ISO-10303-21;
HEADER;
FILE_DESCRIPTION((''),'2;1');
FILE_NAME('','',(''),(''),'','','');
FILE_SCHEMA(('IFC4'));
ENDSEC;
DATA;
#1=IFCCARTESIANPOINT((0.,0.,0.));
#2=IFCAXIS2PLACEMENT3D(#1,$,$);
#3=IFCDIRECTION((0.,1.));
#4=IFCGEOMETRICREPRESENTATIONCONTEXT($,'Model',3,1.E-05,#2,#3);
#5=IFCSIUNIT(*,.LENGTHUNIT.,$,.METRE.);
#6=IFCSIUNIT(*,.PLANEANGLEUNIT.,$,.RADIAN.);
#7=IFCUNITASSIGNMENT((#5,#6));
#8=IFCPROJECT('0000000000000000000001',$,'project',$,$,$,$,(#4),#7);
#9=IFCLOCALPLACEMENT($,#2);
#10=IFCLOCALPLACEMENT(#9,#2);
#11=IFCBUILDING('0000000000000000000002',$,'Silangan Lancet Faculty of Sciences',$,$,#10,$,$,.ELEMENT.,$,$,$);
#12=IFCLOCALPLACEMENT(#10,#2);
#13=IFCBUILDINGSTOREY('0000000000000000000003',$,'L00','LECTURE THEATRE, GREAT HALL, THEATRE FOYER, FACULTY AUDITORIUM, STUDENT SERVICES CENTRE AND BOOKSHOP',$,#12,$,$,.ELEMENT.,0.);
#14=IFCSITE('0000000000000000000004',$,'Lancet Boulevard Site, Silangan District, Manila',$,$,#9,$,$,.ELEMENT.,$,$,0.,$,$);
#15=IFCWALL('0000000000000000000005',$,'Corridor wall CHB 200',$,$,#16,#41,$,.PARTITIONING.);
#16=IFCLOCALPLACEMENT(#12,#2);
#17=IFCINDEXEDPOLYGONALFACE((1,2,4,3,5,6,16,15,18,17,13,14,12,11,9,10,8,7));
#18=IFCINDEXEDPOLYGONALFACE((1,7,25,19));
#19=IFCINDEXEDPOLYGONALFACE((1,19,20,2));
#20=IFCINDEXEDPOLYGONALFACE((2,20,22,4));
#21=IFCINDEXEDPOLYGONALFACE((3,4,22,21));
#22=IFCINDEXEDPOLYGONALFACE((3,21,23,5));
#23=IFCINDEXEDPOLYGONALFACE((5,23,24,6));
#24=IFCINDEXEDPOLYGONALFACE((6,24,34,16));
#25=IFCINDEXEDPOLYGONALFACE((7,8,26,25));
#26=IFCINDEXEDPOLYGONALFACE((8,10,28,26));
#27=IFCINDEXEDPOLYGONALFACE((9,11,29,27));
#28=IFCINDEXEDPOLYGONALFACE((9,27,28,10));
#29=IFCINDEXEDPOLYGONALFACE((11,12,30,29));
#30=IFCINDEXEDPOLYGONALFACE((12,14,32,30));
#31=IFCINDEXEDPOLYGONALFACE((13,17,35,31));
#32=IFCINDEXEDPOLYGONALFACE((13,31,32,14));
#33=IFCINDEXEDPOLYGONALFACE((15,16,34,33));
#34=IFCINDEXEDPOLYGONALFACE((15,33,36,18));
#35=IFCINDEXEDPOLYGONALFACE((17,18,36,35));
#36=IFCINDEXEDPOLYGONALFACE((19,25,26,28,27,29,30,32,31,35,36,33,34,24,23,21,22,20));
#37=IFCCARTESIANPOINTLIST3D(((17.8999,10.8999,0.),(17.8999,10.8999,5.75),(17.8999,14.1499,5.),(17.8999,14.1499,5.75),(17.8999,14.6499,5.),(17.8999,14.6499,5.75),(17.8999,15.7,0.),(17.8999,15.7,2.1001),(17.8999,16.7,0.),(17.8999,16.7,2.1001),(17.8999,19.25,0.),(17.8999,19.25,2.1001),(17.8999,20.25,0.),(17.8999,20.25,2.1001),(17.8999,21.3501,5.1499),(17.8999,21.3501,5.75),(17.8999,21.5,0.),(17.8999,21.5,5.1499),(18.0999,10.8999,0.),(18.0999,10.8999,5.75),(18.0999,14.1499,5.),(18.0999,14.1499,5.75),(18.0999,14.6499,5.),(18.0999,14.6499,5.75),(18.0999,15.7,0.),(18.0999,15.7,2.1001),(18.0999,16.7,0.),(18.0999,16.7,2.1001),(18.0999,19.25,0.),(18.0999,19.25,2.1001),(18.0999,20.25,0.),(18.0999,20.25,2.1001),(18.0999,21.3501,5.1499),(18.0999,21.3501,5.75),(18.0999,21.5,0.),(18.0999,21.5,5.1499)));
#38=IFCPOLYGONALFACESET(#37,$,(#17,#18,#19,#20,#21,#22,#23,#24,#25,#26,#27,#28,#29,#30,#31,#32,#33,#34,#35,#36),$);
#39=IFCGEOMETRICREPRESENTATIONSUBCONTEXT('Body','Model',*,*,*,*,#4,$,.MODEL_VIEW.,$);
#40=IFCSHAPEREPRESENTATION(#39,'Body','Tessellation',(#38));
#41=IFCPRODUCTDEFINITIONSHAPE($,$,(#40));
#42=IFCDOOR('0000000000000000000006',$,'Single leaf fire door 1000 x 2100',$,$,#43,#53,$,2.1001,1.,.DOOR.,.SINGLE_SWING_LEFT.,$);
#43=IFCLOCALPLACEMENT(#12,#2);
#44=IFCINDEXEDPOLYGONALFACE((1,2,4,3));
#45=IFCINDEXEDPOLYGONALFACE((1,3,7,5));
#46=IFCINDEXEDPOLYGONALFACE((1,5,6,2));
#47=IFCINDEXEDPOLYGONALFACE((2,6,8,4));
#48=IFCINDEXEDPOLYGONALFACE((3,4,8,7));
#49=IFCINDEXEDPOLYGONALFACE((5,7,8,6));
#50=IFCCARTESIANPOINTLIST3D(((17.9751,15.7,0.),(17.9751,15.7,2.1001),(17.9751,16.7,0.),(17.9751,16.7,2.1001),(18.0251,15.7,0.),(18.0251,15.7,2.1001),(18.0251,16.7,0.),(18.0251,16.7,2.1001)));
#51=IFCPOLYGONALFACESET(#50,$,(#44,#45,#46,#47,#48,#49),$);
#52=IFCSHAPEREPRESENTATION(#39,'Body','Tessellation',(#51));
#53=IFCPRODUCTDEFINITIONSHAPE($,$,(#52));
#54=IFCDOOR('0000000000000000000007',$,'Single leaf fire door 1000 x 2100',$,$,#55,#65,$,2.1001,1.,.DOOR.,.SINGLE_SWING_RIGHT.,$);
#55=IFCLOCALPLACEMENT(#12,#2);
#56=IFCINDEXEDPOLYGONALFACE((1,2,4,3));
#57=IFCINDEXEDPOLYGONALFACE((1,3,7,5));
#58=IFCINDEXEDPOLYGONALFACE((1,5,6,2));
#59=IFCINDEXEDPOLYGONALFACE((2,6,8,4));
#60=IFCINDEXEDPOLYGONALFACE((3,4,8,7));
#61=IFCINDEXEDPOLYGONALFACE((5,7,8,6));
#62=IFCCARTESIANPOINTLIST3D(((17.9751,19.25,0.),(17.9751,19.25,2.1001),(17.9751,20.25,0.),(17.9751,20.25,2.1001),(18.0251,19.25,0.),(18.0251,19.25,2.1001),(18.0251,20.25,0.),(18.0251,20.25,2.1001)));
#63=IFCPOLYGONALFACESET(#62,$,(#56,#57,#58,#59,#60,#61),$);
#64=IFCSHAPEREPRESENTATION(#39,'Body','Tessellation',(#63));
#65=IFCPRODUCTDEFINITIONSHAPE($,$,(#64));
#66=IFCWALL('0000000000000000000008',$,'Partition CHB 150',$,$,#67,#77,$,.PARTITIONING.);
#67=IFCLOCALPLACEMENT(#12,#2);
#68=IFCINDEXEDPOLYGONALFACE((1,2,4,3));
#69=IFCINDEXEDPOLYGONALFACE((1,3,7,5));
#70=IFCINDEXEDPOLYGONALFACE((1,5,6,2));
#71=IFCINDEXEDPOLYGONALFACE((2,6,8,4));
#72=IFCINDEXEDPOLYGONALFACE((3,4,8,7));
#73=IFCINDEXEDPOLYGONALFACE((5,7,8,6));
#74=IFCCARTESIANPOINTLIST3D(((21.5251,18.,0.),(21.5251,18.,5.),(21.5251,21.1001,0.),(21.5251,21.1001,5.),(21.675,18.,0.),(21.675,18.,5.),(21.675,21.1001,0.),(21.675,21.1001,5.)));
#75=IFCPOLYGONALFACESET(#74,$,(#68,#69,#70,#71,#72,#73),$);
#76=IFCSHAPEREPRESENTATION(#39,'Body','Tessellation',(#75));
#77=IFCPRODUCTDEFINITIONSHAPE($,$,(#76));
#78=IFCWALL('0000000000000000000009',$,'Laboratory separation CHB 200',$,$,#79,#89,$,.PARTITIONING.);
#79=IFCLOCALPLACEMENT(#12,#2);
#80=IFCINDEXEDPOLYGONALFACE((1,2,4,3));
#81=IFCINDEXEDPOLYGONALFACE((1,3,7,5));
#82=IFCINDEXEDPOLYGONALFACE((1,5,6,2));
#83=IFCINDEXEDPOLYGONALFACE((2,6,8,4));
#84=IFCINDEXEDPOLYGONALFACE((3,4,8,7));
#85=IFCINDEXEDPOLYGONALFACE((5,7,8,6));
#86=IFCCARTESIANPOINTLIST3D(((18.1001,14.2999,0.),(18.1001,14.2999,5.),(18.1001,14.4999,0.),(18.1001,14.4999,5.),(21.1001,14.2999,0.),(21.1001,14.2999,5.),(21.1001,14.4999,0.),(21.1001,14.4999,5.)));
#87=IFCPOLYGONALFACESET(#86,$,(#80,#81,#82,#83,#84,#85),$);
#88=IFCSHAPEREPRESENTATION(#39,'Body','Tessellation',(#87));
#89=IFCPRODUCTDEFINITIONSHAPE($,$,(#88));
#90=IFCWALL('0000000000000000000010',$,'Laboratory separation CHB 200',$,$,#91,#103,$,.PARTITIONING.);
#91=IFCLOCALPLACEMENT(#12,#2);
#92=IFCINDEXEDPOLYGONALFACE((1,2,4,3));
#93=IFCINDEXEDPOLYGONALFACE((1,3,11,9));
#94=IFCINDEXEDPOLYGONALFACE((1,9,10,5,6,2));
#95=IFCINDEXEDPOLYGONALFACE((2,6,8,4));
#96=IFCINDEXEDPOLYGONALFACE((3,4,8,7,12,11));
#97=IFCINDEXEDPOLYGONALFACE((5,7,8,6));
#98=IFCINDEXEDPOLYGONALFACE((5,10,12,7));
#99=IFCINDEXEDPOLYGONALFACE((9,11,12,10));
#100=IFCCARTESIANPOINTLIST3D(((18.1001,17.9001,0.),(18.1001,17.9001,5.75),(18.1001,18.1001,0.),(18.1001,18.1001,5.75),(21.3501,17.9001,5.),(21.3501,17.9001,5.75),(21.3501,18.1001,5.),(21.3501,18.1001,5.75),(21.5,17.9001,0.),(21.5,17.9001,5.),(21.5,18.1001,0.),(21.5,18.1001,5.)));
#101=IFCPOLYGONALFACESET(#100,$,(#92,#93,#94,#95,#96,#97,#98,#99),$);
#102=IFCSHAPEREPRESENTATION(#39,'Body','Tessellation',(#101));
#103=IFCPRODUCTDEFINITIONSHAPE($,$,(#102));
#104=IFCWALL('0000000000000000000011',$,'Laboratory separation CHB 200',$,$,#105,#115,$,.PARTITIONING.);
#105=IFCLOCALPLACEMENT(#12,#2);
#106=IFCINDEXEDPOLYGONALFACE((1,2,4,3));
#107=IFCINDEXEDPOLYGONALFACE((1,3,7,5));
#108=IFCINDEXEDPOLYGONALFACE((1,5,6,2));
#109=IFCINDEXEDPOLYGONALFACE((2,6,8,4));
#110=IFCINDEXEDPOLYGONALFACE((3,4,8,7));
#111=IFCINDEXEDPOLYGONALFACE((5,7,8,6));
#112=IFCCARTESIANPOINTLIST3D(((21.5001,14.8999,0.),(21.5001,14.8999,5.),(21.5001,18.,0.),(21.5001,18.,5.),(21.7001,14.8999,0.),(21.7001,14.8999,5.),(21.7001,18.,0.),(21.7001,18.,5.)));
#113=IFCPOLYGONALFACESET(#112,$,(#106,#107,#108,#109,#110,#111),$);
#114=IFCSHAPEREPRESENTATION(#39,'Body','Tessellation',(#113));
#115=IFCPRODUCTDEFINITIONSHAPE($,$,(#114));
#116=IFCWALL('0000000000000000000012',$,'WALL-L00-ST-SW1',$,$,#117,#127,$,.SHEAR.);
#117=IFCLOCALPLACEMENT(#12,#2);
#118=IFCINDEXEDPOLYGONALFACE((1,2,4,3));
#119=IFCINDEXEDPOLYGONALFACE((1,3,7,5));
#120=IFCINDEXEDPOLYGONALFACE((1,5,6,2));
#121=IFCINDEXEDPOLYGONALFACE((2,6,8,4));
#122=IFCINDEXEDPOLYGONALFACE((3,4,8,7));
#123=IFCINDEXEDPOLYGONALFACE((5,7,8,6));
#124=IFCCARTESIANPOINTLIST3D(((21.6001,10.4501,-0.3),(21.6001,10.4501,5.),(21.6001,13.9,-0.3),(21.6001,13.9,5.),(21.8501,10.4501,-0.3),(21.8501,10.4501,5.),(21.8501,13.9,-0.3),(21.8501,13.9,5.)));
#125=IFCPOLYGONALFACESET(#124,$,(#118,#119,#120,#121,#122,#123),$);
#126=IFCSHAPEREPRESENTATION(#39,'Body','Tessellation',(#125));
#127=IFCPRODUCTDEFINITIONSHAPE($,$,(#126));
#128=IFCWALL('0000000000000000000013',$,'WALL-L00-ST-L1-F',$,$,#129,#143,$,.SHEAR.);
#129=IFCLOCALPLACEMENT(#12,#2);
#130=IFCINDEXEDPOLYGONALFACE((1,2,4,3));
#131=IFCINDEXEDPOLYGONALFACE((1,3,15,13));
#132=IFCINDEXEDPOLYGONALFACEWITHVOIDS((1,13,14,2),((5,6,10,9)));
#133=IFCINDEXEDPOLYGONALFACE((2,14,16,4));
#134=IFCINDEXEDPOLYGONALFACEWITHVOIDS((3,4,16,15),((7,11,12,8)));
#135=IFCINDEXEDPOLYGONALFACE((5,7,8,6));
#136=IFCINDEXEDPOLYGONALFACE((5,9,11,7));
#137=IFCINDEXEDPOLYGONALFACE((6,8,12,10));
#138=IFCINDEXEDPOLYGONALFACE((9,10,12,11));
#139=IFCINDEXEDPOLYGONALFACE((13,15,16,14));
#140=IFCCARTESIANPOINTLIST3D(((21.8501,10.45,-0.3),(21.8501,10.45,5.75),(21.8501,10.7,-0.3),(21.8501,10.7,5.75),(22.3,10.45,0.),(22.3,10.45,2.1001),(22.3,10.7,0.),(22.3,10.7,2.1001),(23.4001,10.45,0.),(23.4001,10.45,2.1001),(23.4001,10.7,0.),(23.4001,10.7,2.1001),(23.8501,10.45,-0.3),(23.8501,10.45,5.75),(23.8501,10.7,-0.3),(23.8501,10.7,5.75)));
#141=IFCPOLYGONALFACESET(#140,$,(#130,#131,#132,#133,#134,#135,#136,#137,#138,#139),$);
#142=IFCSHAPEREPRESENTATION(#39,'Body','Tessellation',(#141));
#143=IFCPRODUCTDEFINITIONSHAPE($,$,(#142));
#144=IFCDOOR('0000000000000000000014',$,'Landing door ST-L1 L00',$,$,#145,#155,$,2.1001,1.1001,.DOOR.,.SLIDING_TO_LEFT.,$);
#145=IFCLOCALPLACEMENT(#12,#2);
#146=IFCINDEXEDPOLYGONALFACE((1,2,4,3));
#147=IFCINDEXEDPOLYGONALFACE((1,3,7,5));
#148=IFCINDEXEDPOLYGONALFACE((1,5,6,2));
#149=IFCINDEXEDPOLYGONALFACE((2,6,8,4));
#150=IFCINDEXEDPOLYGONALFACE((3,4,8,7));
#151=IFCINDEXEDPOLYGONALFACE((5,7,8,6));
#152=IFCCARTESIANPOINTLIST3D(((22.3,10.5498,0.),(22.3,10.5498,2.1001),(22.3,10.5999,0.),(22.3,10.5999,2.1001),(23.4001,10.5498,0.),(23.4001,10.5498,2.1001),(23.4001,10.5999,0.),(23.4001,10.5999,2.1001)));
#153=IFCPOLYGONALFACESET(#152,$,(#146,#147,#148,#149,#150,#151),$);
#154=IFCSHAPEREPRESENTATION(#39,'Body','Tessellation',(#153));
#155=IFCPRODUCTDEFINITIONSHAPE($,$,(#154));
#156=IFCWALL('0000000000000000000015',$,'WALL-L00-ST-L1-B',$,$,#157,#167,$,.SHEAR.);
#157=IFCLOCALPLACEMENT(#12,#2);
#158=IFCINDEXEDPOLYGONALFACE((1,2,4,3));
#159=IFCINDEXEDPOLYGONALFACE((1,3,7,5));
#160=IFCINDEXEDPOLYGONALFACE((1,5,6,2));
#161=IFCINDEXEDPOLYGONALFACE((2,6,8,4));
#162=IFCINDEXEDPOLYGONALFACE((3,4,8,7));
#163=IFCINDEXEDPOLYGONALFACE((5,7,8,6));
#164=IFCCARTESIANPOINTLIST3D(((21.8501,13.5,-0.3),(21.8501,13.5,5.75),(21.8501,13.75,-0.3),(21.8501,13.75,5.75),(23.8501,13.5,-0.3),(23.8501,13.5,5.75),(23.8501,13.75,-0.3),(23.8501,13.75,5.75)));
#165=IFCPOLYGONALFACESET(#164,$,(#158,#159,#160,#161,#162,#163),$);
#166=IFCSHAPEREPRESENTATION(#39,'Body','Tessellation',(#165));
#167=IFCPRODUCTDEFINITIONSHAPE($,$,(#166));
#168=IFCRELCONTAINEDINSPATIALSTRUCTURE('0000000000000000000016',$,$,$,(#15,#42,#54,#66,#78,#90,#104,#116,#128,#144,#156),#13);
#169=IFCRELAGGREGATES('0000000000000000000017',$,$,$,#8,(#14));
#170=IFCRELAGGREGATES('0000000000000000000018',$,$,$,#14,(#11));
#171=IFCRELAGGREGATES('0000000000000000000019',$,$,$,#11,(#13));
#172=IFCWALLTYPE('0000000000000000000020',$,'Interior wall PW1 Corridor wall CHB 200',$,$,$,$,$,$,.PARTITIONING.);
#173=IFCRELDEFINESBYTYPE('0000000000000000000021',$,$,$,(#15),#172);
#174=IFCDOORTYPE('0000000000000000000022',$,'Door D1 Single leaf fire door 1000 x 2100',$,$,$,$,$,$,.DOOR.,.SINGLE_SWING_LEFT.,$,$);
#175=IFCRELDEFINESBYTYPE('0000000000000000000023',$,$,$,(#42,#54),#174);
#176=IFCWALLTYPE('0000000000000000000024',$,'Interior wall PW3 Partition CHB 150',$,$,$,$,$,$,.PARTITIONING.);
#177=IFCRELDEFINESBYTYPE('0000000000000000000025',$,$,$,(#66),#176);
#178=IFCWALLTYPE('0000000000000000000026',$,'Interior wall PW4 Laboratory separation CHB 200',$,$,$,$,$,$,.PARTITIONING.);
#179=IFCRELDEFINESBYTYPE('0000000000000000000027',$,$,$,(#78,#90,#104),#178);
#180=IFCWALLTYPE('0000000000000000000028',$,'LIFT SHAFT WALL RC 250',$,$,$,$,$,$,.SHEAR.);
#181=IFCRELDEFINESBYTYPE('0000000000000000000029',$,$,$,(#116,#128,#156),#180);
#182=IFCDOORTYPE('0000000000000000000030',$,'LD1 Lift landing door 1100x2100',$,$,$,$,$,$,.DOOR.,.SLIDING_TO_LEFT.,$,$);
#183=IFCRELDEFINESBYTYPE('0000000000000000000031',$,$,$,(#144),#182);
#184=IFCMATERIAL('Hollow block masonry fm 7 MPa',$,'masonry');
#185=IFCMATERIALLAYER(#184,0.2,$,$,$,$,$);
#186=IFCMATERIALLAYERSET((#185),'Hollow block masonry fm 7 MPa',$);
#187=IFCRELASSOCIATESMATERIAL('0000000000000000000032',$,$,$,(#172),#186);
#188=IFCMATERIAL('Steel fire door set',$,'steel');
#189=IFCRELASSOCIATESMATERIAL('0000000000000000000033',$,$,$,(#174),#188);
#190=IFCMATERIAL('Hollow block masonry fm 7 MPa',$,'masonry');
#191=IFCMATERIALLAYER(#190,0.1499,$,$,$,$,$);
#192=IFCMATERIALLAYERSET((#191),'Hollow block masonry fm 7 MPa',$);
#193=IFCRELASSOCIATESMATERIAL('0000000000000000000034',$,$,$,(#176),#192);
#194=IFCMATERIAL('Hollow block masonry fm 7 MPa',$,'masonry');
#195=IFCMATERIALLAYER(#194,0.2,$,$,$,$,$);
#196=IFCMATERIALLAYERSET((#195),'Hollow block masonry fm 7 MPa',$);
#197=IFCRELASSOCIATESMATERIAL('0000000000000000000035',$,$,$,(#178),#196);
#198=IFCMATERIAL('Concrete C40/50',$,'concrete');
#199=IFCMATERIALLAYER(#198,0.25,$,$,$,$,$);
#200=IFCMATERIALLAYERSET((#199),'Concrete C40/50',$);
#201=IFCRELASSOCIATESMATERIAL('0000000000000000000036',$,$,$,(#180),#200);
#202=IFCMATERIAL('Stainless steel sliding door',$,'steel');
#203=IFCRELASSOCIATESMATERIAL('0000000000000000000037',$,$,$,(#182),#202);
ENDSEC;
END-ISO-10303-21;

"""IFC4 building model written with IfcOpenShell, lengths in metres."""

from ifc_helpers import new_model, si_unit, direction, frame, frame_2d, origin, place, context, subcontext, project, spatial, polyline, rectangle, outline, extrude, material, layer, layer_set, type_object, element, fill, save


model = new_model("IFC4")

# Units and contexts
model_context = context("Model", 3, precision=1e-05, world=origin(), true_north=direction((0.0, 1.0)))
body_context = subcontext(model_context, "Body", "Model", "MODEL_VIEW")
ifc_project = project(units=[si_unit("LENGTHUNIT", "METRE"), si_unit("PLANEANGLEUNIT", "RADIAN")], contexts=[model_context])

# Site, building, storey
site_placement = place(None, origin())
site = spatial("IfcSite", under=ifc_project, at=site_placement, Name="Lancet Boulevard Site, Silangan District, Manila", CompositionType="ELEMENT", RefElevation=0.0)
building_placement = place(site_placement, origin())
building = spatial("IfcBuilding", under=site, at=building_placement, Name="Silangan Lancet Faculty of Sciences", CompositionType="ELEMENT")
storey_placement = place(building_placement, origin())
storey = spatial("IfcBuildingStorey", under=building, at=storey_placement, Name="L00", Description="LECTURE THEATRE, GREAT HALL, THEATRE FOYER, FACULTY AUDITORIUM, STUDENT SERVICES CENTRE AND BOOKSHOP", CompositionType="ELEMENT", Elevation=0.0)

# Shared definitions
ifc_material_1 = material(Name="Hollow block masonry fm 7 MPa", Category="masonry")
ifc_layer_1 = layer(ifc_material_1, 0.2)
ifc_layer_set_1 = layer_set([ifc_layer_1], Name="Hollow block masonry fm 7 MPa")
wall_type_1 = type_object("IfcWallType", Name="Interior wall PW1 Corridor wall CHB 200", PredefinedType="PARTITIONING", material=ifc_layer_set_1)
ifc_material_2 = material(Name="Steel fire door set", Category="steel")
door_type_1 = type_object("IfcDoorType", Name="Door D1 Single leaf fire door 1000 x 2100", OperationType="SINGLE_SWING_LEFT", PredefinedType="DOOR", material=ifc_material_2)

# Wall, openings, doors
wall_1_placement = place(storey_placement, frame((18.0, 10.8999, 0.0), z_axis=(0.0, 0.0, 1.0), x_axis=(0.0, 1.0, 0.0)))
wall_1 = element("IfcWall", 1, at=wall_1_placement, inside=storey, type_object=wall_type_1, Name="Corridor wall CHB 200", PredefinedType="PARTITIONING", context=body_context, shape_type="SweptSolid", body=[
    extrude(outline(polyline([(0.0, 0.0), (10.6001, 0.0), (10.6001, 5.1499), (10.4502, 5.1499), (10.4502, 5.75), (3.75, 5.75), (3.75, 5.0), (3.25, 5.0), (3.25, 5.75), (0.0, 5.75), (0.0, 0.0)])), frame((0.0, 0.1001, 0.0), z_axis=(0.0, -1.0, 0.0), x_axis=(1.0, 0.0, 0.0)), (0.0, 0.0, 1.0), 0.2),
])
opening_1_placement = place(wall_1_placement, frame((4.8, 0.0, 0.0)))
opening_1 = element("IfcOpeningElement", 2, at=opening_1_placement, cuts=wall_1, PredefinedType="OPENING", context=body_context, shape_type="SweptSolid", body=[
    extrude(rectangle(XDim=1.0, YDim=2.1001, at=frame_2d((0.5, 1.05))), frame((0.0, 0.1099, 0.0), z_axis=(0.0, -1.0, 0.0), x_axis=(1.0, 0.0, 0.0)), (0.0, 0.0, 1.0), 0.22),
])
opening_2_placement = place(wall_1_placement, frame((8.3501, 0.0, 0.0)))
opening_2 = element("IfcOpeningElement", 3, at=opening_2_placement, cuts=wall_1, PredefinedType="OPENING", context=body_context, shape_type="SweptSolid", body=[
    extrude(rectangle(XDim=1.0, YDim=2.1001, at=frame_2d((0.5, 1.05))), frame((0.0, 0.1099, 0.0), z_axis=(0.0, -1.0, 0.0), x_axis=(1.0, 0.0, 0.0)), (0.0, 0.0, 1.0), 0.22),
])
door_1_placement = place(opening_1_placement, frame((1.0, 0.0, 0.0), z_axis=(0.0, 0.0, 1.0), x_axis=(-1.0, 0.0, 0.0)))
door_1 = element("IfcDoor", 4, at=door_1_placement, inside=storey, type_object=door_type_1, Name="Single leaf fire door 1000 x 2100", OperationType="SINGLE_SWING_LEFT", OverallHeight=2.1001, OverallWidth=1.0, PredefinedType="DOOR", context=body_context, shape_type="SweptSolid", body=[
    extrude(rectangle(XDim=1.0, YDim=2.1001, at=frame_2d((0.5, 1.05))), frame((0.0, 0.0251, 0.0), z_axis=(0.0, -1.0, 0.0), x_axis=(1.0, 0.0, 0.0)), (0.0, 0.0, 1.0), 0.05),
])
fill(opening_1, door_1)
door_2_placement = place(opening_2_placement, frame((1.0, 0.0, 0.0), z_axis=(0.0, 0.0, 1.0), x_axis=(-1.0, 0.0, 0.0)))
door_2 = element("IfcDoor", 5, at=door_2_placement, inside=storey, type_object=door_type_1, Name="Single leaf fire door 1000 x 2100", OperationType="SINGLE_SWING_RIGHT", OverallHeight=2.1001, OverallWidth=1.0, PredefinedType="DOOR", context=body_context, shape_type="SweptSolid", body=[
    extrude(rectangle(XDim=1.0, YDim=2.1001, at=frame_2d((0.5, 1.05))), frame((0.0, 0.0251, 0.0), z_axis=(0.0, -1.0, 0.0), x_axis=(1.0, 0.0, 0.0)), (0.0, 0.0, 1.0), 0.05),
])
fill(opening_2, door_2)

# Walls
ifc_material_3 = material(Name="Hollow block masonry fm 7 MPa", Category="masonry")
ifc_layer_2 = layer(ifc_material_3, 0.1499)
ifc_layer_set_2 = layer_set([ifc_layer_2], Name="Hollow block masonry fm 7 MPa")
wall_type_2 = type_object("IfcWallType", Name="Interior wall PW3 Partition CHB 150", PredefinedType="PARTITIONING", material=ifc_layer_set_2)
wall_2_placement = place(storey_placement, frame((21.6001, 18.0, 0.0), z_axis=(0.0, 0.0, 1.0), x_axis=(0.0, 1.0, 0.0)))
element("IfcWall", 6, at=wall_2_placement, inside=storey, type_object=wall_type_2, Name="Partition CHB 150", PredefinedType="PARTITIONING", context=body_context, shape_type="SweptSolid", body=[
    extrude(rectangle(XDim=3.1001, YDim=0.1499, at=frame_2d((1.55, 0.0))), origin(), (0.0, 0.0, 1.0), 5.0),
])
ifc_material_4 = material(Name="Hollow block masonry fm 7 MPa", Category="masonry")
ifc_layer_3 = layer(ifc_material_4, 0.2)
ifc_layer_set_3 = layer_set([ifc_layer_3], Name="Hollow block masonry fm 7 MPa")
wall_type_3 = type_object("IfcWallType", Name="Interior wall PW4 Laboratory separation CHB 200", PredefinedType="PARTITIONING", material=ifc_layer_set_3)
wall_3_placement = place(storey_placement, frame((18.1001, 14.3999, 0.0), z_axis=(0.0, 0.0, 1.0), x_axis=(1.0, 0.0, 0.0)))
element("IfcWall", 7, at=wall_3_placement, inside=storey, type_object=wall_type_3, Name="Laboratory separation CHB 200", PredefinedType="PARTITIONING", context=body_context, shape_type="SweptSolid", body=[
    extrude(rectangle(XDim=3.0, YDim=0.2, at=frame_2d((1.5, 0.0))), origin(), (0.0, 0.0, 1.0), 5.0),
])
wall_4_placement = place(storey_placement, frame((18.1001, 18.0, 0.0), z_axis=(0.0, 0.0, 1.0), x_axis=(1.0, 0.0, 0.0)))
element("IfcWall", 8, at=wall_4_placement, inside=storey, type_object=wall_type_3, Name="Laboratory separation CHB 200", PredefinedType="PARTITIONING", context=body_context, shape_type="SweptSolid", body=[
    extrude(outline(polyline([(0.0, 0.0), (3.3999, 0.0), (3.3999, 5.0), (3.25, 5.0), (3.25, 5.75), (0.0, 5.75), (0.0, 0.0)])), frame((0.0, 0.1001, 0.0), z_axis=(0.0, -1.0, 0.0), x_axis=(1.0, 0.0, 0.0)), (0.0, 0.0, 1.0), 0.2),
])
wall_5_placement = place(storey_placement, frame((21.6001, 14.8999, 0.0), z_axis=(0.0, 0.0, 1.0), x_axis=(0.0, 1.0, 0.0)))
element("IfcWall", 9, at=wall_5_placement, inside=storey, type_object=wall_type_3, Name="Laboratory separation CHB 200", PredefinedType="PARTITIONING", context=body_context, shape_type="SweptSolid", body=[
    extrude(rectangle(XDim=3.1001, YDim=0.2, at=frame_2d((1.55, 0.0))), origin(), (0.0, 0.0, 1.0), 5.0),
])

# Wall
ifc_material_5 = material(Name="Concrete C40/50", Category="concrete")
ifc_layer_4 = layer(ifc_material_5, 0.25)
ifc_layer_set_4 = layer_set([ifc_layer_4], Name="Concrete C40/50")
wall_type_4 = type_object("IfcWallType", Name="LIFT SHAFT WALL RC 250", PredefinedType="SHEAR", material=ifc_layer_set_4)
wall_6_placement = place(storey_placement, frame((21.7251, 10.45, -0.3), z_axis=(0.0, 0.0, 1.0), x_axis=(0.0, 1.0, 0.0)))
element("IfcWall", 10, at=wall_6_placement, inside=storey, type_object=wall_type_4, Name="WALL-L00-ST-SW1", PredefinedType="SHEAR", context=body_context, shape_type="SweptSolid", body=[
    extrude(rectangle(XDim=3.45, YDim=0.25, at=frame_2d((1.7251, 0.0))), origin(), (0.0, 0.0, 1.0), 5.3),
])

# Wall, opening, door
wall_7_placement = place(storey_placement, frame((21.8501, 10.575, -0.3), z_axis=(0.0, 0.0, 1.0), x_axis=(1.0, 0.0, 0.0)))
wall_7 = element("IfcWall", 11, at=wall_7_placement, inside=storey, type_object=wall_type_4, Name="WALL-L00-ST-L1-F", PredefinedType="SHEAR", context=body_context, shape_type="SweptSolid", body=[
    extrude(rectangle(XDim=2.0, YDim=0.25, at=frame_2d((1.0, 0.0))), origin(), (0.0, 0.0, 1.0), 6.05),
])
opening_3_placement = place(wall_7_placement, frame((0.45, 0.0, 0.3)))
opening_3 = element("IfcOpeningElement", 12, at=opening_3_placement, cuts=wall_7, PredefinedType="OPENING", context=body_context, shape_type="SweptSolid", body=[
    extrude(rectangle(XDim=1.1001, YDim=2.1001, at=frame_2d((0.55, 1.05))), frame((0.0, 0.135, 0.0), z_axis=(0.0, -1.0, 0.0), x_axis=(1.0, 0.0, 0.0)), (0.0, 0.0, 1.0), 0.27),
])
ifc_material_6 = material(Name="Stainless steel sliding door", Category="steel")
door_type_2 = type_object("IfcDoorType", Name="LD1 Lift landing door 1100x2100", OperationType="SLIDING_TO_LEFT", PredefinedType="DOOR", material=ifc_material_6)
door_3_placement = place(opening_3_placement, origin())
door_3 = element("IfcDoor", 13, at=door_3_placement, inside=storey, type_object=door_type_2, Name="Landing door ST-L1 L00", OperationType="SLIDING_TO_LEFT", OverallHeight=2.1001, OverallWidth=1.1001, PredefinedType="DOOR", context=body_context, shape_type="SweptSolid", body=[
    extrude(rectangle(XDim=1.1001, YDim=2.1001, at=frame_2d((0.55, 1.05))), frame((0.0, 0.0249, 0.0), z_axis=(0.0, -1.0, 0.0), x_axis=(1.0, 0.0, 0.0)), (0.0, 0.0, 1.0), 0.05),
])
fill(opening_3, door_3)

# Wall
wall_8_placement = place(storey_placement, frame((21.8501, 13.625, -0.3), z_axis=(0.0, 0.0, 1.0), x_axis=(1.0, 0.0, 0.0)))
element("IfcWall", 14, at=wall_8_placement, inside=storey, type_object=wall_type_4, Name="WALL-L00-ST-L1-B", PredefinedType="SHEAR", context=body_context, shape_type="SweptSolid", body=[
    extrude(rectangle(XDim=2.0, YDim=0.25, at=frame_2d((1.0, 0.0))), origin(), (0.0, 0.0, 1.0), 6.05),
])

save(model, "model.ifc")
